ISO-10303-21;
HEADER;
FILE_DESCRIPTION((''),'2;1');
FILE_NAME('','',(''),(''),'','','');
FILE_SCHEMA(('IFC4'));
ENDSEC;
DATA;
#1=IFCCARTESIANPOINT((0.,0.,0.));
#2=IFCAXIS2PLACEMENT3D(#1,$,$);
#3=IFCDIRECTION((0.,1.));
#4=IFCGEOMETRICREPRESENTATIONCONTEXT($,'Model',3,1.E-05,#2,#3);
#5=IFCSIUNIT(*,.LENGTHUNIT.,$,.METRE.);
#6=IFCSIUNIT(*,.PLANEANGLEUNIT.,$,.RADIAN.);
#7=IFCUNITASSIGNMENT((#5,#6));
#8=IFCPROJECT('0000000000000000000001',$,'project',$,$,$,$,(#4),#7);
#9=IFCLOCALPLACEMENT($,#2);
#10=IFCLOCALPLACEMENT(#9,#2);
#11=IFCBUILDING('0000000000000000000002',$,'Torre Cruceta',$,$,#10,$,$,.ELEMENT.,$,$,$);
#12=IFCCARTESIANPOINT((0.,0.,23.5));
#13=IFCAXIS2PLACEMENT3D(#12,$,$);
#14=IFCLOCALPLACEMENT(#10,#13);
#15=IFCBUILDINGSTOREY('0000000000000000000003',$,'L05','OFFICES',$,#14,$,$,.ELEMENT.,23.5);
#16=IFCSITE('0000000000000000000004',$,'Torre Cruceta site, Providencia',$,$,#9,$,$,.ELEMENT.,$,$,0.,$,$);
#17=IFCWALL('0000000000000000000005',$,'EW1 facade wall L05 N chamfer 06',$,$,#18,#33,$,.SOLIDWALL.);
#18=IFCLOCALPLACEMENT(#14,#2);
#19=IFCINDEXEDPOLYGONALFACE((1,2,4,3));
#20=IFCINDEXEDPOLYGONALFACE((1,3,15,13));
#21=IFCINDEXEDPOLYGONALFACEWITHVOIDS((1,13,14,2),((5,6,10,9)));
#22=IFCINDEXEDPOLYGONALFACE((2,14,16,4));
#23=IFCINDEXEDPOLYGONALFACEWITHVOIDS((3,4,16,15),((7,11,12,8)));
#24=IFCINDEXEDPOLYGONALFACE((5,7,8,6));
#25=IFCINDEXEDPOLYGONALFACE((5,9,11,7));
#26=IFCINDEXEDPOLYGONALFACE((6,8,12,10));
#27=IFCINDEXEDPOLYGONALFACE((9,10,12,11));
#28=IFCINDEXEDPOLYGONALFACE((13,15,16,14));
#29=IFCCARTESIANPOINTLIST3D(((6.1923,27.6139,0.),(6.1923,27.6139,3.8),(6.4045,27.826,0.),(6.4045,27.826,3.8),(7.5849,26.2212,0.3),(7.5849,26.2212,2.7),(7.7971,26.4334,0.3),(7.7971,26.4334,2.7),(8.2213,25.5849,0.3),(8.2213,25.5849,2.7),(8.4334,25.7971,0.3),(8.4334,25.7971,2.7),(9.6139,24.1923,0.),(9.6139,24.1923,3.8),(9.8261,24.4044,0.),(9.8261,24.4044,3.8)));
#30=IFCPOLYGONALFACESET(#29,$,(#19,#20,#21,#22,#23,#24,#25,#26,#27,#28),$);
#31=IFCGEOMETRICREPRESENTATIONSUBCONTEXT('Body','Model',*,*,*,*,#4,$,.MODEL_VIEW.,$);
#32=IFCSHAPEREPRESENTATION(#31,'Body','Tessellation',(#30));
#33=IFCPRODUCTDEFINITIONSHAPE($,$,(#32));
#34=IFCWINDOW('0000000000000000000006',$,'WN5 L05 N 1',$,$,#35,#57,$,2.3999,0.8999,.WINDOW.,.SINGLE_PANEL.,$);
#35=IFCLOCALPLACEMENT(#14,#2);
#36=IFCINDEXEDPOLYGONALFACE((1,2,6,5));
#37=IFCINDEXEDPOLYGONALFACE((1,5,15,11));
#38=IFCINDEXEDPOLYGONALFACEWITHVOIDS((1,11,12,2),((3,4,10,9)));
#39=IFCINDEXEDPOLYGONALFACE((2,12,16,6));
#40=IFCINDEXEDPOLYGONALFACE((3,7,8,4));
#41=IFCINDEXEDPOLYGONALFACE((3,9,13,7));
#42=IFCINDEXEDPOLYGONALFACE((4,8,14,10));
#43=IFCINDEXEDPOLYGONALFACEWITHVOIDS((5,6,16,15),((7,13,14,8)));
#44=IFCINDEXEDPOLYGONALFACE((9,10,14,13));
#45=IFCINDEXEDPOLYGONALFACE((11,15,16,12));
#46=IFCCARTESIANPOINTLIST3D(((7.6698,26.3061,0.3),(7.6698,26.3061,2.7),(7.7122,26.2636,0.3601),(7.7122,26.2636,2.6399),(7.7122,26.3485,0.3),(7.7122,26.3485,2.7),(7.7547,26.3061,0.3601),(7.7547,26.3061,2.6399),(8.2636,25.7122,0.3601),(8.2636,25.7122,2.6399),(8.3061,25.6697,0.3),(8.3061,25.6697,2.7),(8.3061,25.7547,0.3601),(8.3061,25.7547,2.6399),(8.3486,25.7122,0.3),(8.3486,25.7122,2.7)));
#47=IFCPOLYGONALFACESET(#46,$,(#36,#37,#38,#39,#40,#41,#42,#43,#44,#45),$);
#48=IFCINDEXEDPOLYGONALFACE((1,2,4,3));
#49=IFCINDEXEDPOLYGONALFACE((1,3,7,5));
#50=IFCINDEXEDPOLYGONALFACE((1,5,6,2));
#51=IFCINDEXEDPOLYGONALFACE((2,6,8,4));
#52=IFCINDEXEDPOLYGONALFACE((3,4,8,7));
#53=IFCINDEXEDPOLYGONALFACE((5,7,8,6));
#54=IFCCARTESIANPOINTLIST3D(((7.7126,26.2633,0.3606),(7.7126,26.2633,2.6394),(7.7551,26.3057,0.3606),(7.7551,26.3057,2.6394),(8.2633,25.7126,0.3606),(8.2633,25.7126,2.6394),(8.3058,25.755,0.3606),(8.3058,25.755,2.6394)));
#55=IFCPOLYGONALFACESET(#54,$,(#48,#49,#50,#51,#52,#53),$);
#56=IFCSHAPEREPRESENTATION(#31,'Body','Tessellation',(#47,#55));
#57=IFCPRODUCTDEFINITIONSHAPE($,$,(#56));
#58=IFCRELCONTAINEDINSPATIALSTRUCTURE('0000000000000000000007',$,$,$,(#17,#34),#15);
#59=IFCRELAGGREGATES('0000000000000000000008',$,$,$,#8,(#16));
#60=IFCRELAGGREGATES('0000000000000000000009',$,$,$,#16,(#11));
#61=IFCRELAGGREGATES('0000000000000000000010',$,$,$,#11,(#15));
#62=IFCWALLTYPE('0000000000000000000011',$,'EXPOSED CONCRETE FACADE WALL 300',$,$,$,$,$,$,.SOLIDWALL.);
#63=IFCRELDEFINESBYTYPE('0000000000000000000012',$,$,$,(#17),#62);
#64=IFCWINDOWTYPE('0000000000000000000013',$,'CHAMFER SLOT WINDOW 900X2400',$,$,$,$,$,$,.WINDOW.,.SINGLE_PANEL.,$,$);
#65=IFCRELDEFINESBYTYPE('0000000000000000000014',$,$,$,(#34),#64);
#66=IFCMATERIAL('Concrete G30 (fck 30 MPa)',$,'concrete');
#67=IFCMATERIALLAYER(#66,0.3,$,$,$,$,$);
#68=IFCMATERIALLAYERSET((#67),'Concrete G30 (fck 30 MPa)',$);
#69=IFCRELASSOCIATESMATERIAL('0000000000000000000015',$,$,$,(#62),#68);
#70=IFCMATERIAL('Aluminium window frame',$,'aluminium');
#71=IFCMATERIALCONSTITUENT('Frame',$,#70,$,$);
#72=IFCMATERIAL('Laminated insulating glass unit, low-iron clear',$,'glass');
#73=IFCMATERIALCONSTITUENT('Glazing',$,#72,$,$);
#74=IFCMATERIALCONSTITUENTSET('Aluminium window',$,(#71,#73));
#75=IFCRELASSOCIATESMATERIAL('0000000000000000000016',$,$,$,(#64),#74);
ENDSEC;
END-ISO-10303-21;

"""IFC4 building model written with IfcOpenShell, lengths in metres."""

from ifc_helpers import new_model, si_unit, direction, frame, frame_2d, origin, place, context, subcontext, project, spatial, rectangle, hollow_rectangle, extrude, material, layer, layer_set, constituent, constituent_set, type_object, element, fill, save


model = new_model("IFC4")

# Units and contexts
model_context = context("Model", 3, precision=1e-05, world=origin(), true_north=direction((0.0, 1.0)))
body_context = subcontext(model_context, "Body", "Model", "MODEL_VIEW")
ifc_project = project(units=[si_unit("LENGTHUNIT", "METRE"), si_unit("PLANEANGLEUNIT", "RADIAN")], contexts=[model_context])

# Site, building, storey
site_placement = place(None, origin())
site = spatial("IfcSite", under=ifc_project, at=site_placement, Name="Torre Cruceta site, Providencia", CompositionType="ELEMENT", RefElevation=0.0)
building_placement = place(site_placement, origin())
building = spatial("IfcBuilding", under=site, at=building_placement, Name="Torre Cruceta", CompositionType="ELEMENT")
storey_placement = place(building_placement, frame((0.0, 0.0, 23.5)))
storey = spatial("IfcBuildingStorey", under=building, at=storey_placement, Name="L05", Description="OFFICES", CompositionType="ELEMENT", Elevation=23.5)

# Wall, opening, window
ifc_material_1 = material(Name="Concrete G30 (fck 30 MPa)", Category="concrete")
ifc_layer_1 = layer(ifc_material_1, 0.3)
ifc_layer_set_1 = layer_set([ifc_layer_1], Name="Concrete G30 (fck 30 MPa)")
wall_type = type_object("IfcWallType", Name="EXPOSED CONCRETE FACADE WALL 300", PredefinedType="SOLIDWALL", material=ifc_layer_set_1)
wall_placement = place(storey_placement, frame((9.72, 24.2983, 0.0), z_axis=(0.0, 0.0, 1.0), x_axis=(-0.707107, 0.707107, 0.0)))
wall = element("IfcWall", 1, at=wall_placement, inside=storey, type_object=wall_type, Name="EW1 facade wall L05 N chamfer 06", PredefinedType="SOLIDWALL", context=body_context, shape_type="SweptSolid", body=[
    extrude(rectangle(XDim=4.8389, YDim=0.3, at=frame_2d((2.4194, 0.0))), origin(), (0.0, 0.0, 1.0), 3.8),
])
opening_placement = place(wall_placement, frame((1.9695, 0.0, 0.3)))
opening = element("IfcOpeningElement", 2, at=opening_placement, cuts=wall, PredefinedType="OPENING", context=body_context, shape_type="SweptSolid", body=[
    extrude(rectangle(XDim=0.8999, YDim=2.3999, at=frame_2d((0.45, 1.2))), frame((0.0, 0.1599, 0.0), z_axis=(0.0, -1.0, 0.0), x_axis=(1.0, 0.0, 0.0)), (0.0, 0.0, 1.0), 0.3201),
])
ifc_material_2 = material(Name="Aluminium window frame", Category="aluminium")
ifc_constituent_1 = constituent(ifc_material_2, Name="Frame")
ifc_material_3 = material(Name="Laminated insulating glass unit, low-iron clear", Category="glass")
ifc_constituent_2 = constituent(ifc_material_3, Name="Glazing")
ifc_constituent_set = constituent_set(constituents=[ifc_constituent_1, ifc_constituent_2], Name="Aluminium window")
window_type = type_object("IfcWindowType", Name="CHAMFER SLOT WINDOW 900X2400", PartitioningType="SINGLE_PANEL", PredefinedType="WINDOW", material=ifc_constituent_set)
window_placement = place(opening_placement, origin())
window = element("IfcWindow", 3, at=window_placement, inside=storey, type_object=window_type, Name="WN5 L05 N 1", OverallHeight=2.3999, OverallWidth=0.8999, PartitioningType="SINGLE_PANEL", PredefinedType="WINDOW", context=body_context, shape_type="SweptSolid", body=[
    extrude(hollow_rectangle(XDim=0.8999, YDim=2.3999, WallThickness=0.0601, at=frame_2d((0.45, 1.2))), frame((0.0, 0.03, 0.0), z_axis=(0.0, -1.0, 0.0), x_axis=(1.0, 0.0, 0.0)), (0.0, 0.0, 1.0), 0.0601),
    extrude(rectangle(XDim=0.7788, YDim=2.2788, at=frame_2d((0.45, 1.2))), frame((0.0, 0.03, 0.0), z_axis=(0.0, -1.0, 0.0), x_axis=(1.0, 0.0, 0.0)), (0.0, 0.0, 1.0), 0.0601),
])
fill(opening, window)

save(model, "model.ifc")
